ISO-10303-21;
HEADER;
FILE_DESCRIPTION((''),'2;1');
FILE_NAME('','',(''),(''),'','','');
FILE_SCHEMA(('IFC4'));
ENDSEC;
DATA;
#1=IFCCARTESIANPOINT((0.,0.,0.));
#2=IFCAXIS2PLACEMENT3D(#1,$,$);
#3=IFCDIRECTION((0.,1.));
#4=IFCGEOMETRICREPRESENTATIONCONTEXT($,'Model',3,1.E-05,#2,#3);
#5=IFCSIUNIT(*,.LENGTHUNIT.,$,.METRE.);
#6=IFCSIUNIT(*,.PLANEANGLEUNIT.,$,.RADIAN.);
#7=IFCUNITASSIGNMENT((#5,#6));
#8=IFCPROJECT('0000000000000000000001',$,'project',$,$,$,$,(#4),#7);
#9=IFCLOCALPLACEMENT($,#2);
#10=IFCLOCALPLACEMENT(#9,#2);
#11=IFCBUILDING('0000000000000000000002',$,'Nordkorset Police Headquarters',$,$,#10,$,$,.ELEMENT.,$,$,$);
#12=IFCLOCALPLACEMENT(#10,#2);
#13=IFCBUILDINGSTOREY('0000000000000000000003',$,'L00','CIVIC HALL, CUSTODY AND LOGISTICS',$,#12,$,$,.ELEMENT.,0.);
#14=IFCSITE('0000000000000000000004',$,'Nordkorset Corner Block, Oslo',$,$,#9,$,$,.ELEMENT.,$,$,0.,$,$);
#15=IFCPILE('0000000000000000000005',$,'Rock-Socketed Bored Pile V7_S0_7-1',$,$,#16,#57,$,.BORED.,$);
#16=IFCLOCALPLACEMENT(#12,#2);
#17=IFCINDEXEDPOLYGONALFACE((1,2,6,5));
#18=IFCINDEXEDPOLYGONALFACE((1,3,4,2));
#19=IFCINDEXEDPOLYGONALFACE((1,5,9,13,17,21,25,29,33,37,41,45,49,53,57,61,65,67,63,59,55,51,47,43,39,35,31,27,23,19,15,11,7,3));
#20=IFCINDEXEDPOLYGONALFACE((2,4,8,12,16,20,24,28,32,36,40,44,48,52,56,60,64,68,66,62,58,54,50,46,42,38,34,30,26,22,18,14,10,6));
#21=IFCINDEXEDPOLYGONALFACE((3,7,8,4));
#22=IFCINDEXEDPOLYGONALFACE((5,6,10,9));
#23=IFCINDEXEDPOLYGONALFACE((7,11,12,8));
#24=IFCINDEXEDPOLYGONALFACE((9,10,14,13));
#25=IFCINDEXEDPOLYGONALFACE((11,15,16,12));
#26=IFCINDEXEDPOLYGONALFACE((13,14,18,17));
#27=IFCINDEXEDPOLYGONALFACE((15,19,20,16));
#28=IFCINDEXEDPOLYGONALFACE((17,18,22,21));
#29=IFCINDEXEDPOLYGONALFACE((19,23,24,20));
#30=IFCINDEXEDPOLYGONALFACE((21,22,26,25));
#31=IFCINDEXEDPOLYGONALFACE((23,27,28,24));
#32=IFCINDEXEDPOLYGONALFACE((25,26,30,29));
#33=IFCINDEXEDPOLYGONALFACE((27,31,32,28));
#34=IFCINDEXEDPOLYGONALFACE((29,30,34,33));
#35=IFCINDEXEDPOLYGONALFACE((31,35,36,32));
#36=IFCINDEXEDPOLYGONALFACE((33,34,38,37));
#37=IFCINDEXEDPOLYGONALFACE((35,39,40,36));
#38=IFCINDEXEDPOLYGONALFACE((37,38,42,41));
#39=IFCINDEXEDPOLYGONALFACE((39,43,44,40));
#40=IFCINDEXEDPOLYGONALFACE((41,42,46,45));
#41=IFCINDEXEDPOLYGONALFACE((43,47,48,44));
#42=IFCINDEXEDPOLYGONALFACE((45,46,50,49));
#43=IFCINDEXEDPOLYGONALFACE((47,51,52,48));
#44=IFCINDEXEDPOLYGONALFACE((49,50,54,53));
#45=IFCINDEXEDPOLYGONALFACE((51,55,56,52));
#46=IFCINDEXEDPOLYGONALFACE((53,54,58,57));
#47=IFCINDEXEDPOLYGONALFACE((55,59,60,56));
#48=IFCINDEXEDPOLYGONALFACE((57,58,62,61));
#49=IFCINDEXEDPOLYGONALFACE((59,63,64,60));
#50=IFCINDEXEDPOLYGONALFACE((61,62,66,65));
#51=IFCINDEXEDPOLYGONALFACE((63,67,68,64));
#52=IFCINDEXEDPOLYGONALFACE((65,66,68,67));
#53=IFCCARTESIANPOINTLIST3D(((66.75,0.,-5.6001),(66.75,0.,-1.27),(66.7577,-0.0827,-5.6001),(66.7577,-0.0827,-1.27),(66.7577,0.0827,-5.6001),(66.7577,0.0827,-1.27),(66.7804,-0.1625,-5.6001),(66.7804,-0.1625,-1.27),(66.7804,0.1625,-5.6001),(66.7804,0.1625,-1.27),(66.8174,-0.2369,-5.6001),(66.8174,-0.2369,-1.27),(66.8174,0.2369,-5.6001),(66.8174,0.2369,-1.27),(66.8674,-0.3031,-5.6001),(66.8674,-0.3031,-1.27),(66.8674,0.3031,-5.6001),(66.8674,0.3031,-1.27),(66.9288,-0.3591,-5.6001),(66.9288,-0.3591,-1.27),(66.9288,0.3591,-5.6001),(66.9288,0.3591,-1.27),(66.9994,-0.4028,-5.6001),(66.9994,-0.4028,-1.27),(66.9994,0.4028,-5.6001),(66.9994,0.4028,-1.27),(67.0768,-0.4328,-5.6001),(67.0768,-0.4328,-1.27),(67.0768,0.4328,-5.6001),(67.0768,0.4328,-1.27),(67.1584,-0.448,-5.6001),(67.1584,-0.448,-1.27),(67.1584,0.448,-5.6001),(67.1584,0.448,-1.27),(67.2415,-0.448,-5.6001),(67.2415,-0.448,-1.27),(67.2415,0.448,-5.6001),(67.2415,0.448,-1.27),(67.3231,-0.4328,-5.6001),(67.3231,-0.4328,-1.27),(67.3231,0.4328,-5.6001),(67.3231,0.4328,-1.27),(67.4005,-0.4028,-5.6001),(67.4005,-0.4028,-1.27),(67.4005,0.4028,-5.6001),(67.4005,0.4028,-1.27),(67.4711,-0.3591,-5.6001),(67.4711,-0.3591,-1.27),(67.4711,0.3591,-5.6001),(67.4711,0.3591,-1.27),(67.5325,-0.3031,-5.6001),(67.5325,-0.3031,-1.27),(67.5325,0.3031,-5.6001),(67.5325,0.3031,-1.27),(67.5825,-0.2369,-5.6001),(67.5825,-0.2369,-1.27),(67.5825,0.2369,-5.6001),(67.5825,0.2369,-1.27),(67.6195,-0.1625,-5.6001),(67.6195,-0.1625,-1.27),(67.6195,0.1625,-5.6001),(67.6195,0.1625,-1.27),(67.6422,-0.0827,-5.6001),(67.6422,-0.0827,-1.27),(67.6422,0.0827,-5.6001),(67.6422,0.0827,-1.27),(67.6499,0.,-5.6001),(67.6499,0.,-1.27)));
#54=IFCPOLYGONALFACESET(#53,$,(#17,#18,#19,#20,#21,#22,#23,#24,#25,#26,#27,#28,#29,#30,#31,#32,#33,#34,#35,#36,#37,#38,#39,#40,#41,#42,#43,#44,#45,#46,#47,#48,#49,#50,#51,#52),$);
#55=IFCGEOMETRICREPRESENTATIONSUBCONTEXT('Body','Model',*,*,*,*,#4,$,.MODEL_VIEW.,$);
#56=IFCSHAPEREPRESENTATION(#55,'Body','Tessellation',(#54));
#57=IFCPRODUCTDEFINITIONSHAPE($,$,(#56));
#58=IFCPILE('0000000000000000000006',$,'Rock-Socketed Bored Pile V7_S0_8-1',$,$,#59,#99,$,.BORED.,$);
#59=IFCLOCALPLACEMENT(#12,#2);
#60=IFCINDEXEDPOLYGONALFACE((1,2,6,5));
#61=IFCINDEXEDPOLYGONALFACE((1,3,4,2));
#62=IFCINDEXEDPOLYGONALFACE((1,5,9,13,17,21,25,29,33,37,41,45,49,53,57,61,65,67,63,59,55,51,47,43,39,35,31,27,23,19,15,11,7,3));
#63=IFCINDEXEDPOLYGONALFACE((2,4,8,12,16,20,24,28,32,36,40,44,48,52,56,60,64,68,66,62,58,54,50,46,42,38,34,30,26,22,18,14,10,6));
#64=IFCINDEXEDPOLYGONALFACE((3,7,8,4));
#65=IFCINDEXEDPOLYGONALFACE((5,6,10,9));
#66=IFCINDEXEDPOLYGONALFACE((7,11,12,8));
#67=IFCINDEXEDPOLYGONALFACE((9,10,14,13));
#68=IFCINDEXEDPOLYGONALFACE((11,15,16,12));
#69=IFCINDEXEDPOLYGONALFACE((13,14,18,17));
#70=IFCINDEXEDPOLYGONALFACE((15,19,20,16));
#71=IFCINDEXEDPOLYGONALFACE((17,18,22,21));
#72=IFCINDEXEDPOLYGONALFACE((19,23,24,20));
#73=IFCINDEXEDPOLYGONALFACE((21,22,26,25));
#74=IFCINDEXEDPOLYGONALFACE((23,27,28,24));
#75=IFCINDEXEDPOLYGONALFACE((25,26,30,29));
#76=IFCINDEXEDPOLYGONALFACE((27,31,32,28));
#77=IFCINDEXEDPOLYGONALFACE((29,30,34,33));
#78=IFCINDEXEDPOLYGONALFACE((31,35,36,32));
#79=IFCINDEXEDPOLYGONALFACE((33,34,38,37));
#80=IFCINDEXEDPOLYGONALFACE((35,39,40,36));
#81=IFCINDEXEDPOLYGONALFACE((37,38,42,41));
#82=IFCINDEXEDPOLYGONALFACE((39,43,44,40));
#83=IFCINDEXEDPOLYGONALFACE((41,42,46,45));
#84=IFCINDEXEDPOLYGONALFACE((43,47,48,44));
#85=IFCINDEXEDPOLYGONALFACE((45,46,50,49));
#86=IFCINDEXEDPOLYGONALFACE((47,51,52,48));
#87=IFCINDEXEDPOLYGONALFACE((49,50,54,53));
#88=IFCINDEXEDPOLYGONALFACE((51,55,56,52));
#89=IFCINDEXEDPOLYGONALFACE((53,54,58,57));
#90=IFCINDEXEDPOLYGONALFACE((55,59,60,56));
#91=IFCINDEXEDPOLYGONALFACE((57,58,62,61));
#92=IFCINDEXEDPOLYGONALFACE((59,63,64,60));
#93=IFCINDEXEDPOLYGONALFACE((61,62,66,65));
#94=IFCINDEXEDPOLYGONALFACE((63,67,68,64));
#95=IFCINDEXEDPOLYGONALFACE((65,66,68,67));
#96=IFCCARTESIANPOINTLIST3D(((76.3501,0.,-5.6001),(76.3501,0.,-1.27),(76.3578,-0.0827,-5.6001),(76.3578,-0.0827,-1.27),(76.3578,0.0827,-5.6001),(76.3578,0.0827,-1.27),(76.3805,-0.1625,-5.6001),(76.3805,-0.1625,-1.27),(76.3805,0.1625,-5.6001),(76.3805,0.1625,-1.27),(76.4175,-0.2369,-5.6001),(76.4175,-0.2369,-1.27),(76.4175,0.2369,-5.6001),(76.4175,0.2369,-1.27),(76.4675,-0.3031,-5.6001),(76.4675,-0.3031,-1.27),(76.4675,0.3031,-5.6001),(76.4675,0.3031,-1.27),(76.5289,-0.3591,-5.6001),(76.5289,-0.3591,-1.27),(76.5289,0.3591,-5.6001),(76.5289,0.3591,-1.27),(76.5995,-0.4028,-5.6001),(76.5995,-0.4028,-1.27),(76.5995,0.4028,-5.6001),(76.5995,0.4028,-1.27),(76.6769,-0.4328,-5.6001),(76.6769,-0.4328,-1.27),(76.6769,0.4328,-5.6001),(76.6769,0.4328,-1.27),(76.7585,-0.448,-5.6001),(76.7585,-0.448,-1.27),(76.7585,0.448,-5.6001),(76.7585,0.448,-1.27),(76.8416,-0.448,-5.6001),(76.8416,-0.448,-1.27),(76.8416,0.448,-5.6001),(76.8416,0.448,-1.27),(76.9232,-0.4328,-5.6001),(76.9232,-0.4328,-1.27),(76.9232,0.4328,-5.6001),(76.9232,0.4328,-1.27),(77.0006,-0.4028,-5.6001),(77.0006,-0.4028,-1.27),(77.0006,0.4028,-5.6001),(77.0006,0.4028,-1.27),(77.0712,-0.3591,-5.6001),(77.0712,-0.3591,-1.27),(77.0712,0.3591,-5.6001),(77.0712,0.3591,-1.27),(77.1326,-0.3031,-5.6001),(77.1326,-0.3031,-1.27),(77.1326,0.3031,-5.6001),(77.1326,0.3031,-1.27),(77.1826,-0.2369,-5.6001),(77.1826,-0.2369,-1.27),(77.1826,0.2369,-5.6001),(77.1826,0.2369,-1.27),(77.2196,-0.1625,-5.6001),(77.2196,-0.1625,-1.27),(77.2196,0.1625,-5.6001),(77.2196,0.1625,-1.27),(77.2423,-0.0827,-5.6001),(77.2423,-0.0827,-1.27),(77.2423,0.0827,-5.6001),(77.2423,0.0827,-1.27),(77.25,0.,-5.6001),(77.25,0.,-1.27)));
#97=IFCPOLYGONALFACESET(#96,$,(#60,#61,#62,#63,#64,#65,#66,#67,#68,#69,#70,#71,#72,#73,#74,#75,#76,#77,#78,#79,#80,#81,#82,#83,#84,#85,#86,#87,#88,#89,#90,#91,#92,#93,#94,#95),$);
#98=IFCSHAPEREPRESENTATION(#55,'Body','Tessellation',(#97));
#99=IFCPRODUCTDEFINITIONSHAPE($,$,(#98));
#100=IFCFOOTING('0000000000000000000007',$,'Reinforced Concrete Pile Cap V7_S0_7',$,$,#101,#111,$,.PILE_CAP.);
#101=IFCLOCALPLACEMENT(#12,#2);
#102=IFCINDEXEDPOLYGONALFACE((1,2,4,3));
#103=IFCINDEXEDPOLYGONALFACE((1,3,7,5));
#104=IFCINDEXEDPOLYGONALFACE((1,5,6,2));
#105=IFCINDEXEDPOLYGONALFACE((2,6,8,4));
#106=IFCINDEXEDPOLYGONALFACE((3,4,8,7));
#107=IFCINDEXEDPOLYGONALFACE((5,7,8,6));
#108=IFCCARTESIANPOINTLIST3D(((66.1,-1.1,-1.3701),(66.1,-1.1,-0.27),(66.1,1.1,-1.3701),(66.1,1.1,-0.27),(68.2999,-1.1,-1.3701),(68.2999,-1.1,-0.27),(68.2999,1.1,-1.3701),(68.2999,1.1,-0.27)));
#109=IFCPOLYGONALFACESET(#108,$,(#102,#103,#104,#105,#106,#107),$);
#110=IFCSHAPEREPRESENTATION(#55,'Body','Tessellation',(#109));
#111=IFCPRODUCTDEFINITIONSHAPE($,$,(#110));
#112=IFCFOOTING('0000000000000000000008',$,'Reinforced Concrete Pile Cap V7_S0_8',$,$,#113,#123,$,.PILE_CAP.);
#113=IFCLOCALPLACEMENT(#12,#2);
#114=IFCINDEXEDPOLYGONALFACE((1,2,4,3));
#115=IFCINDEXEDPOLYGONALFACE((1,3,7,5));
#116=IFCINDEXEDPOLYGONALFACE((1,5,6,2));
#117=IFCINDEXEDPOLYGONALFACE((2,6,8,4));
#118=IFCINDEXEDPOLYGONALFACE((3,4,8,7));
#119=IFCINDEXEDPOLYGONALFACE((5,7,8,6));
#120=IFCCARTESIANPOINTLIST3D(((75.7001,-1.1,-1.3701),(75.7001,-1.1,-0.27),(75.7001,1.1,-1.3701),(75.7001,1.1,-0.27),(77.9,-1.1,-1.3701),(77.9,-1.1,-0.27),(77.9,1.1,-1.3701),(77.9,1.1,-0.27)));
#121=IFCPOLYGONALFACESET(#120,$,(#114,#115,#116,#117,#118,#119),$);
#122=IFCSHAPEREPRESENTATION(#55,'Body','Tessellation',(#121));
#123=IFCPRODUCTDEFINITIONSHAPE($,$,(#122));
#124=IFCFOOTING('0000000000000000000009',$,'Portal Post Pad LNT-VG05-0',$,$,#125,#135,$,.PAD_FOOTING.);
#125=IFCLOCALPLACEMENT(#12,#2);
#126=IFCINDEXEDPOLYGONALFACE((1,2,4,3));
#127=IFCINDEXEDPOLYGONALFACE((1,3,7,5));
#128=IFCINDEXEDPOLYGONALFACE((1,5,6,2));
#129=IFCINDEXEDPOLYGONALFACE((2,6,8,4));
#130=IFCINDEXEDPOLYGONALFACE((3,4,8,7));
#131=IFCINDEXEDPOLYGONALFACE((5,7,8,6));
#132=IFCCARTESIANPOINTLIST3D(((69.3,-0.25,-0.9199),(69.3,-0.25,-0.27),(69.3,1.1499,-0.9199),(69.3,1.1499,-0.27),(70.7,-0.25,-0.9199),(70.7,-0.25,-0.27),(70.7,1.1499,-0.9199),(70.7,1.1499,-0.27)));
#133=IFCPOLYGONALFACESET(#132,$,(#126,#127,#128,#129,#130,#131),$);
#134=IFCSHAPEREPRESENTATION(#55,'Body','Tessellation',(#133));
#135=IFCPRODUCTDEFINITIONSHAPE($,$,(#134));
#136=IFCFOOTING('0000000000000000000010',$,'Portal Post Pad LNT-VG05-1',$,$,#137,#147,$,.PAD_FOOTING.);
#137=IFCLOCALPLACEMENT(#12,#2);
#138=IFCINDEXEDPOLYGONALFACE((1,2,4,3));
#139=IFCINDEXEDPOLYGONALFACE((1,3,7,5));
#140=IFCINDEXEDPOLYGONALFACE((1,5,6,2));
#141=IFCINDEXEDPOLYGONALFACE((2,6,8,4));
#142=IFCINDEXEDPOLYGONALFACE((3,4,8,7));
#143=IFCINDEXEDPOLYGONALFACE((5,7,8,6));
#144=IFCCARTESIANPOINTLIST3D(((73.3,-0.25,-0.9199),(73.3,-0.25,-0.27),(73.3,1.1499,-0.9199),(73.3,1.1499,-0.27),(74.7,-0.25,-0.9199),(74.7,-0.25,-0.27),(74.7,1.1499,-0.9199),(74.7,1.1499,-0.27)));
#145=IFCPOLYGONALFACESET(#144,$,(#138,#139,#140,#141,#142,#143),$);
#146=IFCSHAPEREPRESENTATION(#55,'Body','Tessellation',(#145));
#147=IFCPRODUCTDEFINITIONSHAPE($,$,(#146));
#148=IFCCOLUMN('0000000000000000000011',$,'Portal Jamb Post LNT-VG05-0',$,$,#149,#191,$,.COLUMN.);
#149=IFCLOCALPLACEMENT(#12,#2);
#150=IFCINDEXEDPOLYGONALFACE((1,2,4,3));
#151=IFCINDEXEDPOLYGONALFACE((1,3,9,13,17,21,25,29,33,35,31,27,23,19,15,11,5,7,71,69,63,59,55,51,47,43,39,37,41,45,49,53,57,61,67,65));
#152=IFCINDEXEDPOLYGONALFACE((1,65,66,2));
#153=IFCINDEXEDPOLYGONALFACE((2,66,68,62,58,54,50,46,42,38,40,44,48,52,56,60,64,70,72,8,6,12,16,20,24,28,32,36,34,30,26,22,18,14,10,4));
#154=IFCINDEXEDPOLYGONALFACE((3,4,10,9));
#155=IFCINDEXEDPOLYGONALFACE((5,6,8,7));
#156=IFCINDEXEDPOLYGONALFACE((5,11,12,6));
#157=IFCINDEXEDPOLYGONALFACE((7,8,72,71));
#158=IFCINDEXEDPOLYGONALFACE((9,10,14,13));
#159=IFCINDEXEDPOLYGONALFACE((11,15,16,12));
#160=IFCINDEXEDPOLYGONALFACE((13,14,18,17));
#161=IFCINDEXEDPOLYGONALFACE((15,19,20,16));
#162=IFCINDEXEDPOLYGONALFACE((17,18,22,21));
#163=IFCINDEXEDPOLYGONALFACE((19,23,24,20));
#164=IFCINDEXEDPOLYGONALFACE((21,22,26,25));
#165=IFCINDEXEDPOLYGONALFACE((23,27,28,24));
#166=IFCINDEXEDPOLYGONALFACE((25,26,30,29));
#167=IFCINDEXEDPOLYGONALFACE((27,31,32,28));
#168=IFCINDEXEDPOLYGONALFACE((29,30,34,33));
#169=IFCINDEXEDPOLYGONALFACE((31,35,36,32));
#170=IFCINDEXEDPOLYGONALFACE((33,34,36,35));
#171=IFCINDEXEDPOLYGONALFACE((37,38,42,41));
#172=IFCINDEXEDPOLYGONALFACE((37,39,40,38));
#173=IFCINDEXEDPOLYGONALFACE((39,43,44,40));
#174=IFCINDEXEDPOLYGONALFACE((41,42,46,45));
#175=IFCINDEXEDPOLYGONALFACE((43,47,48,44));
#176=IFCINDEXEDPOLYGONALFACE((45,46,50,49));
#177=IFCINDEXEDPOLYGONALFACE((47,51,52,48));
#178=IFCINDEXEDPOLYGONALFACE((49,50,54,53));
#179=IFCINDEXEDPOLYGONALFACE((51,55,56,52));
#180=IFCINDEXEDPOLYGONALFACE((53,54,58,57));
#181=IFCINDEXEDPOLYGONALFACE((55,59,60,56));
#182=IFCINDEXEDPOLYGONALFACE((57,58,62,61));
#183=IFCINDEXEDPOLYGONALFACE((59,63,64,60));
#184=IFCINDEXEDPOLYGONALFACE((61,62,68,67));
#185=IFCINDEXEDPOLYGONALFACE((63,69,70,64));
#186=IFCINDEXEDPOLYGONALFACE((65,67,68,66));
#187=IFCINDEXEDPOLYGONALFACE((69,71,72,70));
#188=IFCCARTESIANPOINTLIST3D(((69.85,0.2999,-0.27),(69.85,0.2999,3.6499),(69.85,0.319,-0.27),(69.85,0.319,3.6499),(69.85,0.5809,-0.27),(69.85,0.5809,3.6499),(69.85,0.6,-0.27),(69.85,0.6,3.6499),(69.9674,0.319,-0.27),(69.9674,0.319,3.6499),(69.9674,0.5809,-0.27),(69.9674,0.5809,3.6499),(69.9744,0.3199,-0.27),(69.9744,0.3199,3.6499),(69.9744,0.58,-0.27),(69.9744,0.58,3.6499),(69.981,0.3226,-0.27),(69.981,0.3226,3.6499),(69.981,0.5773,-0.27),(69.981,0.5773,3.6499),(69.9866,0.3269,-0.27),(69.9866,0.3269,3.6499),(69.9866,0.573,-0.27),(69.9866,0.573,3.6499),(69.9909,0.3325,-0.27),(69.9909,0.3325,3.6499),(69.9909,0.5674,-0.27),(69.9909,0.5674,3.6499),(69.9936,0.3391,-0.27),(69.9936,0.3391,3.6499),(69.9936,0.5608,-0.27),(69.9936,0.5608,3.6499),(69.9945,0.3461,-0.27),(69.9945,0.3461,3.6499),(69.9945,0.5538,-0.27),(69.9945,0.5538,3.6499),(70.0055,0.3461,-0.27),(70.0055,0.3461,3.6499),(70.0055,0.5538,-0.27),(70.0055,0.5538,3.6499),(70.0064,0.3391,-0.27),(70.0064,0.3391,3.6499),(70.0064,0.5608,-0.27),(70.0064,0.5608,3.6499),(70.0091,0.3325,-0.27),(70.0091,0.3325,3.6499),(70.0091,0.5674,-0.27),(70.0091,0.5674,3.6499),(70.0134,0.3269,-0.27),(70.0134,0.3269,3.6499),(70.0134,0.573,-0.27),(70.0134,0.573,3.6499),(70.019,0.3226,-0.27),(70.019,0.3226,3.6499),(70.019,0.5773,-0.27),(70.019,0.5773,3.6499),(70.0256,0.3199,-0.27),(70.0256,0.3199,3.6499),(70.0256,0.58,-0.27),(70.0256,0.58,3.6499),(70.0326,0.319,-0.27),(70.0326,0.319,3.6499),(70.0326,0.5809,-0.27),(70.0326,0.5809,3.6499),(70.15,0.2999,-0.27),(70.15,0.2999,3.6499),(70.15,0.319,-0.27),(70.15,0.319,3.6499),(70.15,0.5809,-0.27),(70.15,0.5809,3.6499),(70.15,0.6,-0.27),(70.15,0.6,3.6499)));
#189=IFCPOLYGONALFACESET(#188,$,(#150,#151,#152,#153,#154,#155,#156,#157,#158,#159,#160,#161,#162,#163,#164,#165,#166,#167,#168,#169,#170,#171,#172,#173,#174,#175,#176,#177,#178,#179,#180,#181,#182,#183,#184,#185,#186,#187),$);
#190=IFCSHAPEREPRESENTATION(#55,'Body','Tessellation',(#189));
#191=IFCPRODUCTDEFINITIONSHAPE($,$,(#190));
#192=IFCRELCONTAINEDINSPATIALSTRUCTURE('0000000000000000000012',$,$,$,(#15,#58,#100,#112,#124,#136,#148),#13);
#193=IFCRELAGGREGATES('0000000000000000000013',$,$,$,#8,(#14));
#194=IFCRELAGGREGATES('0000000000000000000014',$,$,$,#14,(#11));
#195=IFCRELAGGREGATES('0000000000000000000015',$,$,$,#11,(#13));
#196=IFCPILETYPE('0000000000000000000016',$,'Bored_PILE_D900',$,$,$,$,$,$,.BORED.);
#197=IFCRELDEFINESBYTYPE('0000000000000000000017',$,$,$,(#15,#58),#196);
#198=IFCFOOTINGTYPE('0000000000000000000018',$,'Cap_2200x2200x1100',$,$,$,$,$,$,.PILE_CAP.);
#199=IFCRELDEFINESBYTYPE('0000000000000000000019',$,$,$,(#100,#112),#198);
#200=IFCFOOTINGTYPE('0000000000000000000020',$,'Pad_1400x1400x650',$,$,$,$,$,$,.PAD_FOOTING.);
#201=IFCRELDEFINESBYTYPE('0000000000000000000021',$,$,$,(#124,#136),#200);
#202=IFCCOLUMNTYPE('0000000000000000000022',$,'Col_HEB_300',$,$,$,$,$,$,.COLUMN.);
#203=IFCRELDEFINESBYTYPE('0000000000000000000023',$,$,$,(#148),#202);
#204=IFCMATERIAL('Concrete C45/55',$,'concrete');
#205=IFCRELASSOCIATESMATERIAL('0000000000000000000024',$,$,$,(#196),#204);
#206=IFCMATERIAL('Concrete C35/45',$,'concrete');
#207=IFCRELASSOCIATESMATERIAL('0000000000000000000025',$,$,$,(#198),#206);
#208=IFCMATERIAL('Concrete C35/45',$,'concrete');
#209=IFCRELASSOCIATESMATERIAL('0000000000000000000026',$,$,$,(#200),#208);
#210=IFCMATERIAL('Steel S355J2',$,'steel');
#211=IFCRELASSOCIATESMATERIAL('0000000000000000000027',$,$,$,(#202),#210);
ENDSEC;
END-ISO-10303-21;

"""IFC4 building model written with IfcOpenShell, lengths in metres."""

from ifc_helpers import new_model, si_unit, direction, frame, origin, origin_2d, place, context, subcontext, project, spatial, rectangle, circle, i_section, extrude, material, material_profile, profile_set, type_object, element, save


model = new_model("IFC4")

# Units and contexts
model_context = context("Model", 3, precision=1e-05, world=origin(), true_north=direction((0.0, 1.0)))
body_context = subcontext(model_context, "Body", "Model", "MODEL_VIEW")
ifc_project = project(units=[si_unit("LENGTHUNIT", "METRE"), si_unit("PLANEANGLEUNIT", "RADIAN")], contexts=[model_context])

# Site, building, storey
site_placement = place(None, origin())
site = spatial("IfcSite", under=ifc_project, at=site_placement, Name="Nordkorset Corner Block, Oslo", CompositionType="ELEMENT", RefElevation=0.0)
building_placement = place(site_placement, origin())
building = spatial("IfcBuilding", under=site, at=building_placement, Name="Nordkorset Police Headquarters", CompositionType="ELEMENT")
storey_placement = place(building_placement, origin())
storey = spatial("IfcBuildingStorey", under=building, at=storey_placement, Name="L00", Description="CIVIC HALL, CUSTODY AND LOGISTICS", CompositionType="ELEMENT", Elevation=0.0)

# Piles
ifc_material_1 = material(Name="Concrete C45/55", Category="concrete")
ifc_material_profile_1 = material_profile(ifc_material_1, circle(Radius=0.45, at=origin_2d()), Name="PILE D900")
ifc_profile_set_1 = profile_set([ifc_material_profile_1], Name="Concrete C45/55")
pile_type = type_object("IfcPileType", Name="Bored_PILE_D900", PredefinedType="BORED", material=ifc_profile_set_1)
for number, where, z_axis, x_axis, name in (
    (1, (67.2, 0.0, -1.27), (0.0, 0.0, -1.0), (1.0, 0.0, 0.0), "Rock-Socketed Bored Pile V7_S0_7-1"),
    (2, (76.8, 0.0, -1.27), (0.0, 0.0, -1.0), (1.0, 0.0, 0.0), "Rock-Socketed Bored Pile V7_S0_8-1"),
):
    element("IfcPile", number, at=place(storey_placement, frame(where, z_axis=z_axis, x_axis=x_axis)), inside=storey, type_object=pile_type, Name=name, PredefinedType="BORED", context=body_context, shape_type="SweptSolid", body=[
        extrude(circle(Radius=0.45, at=origin_2d()), origin(), (0.0, 0.0, 1.0), 4.3301),
    ])

# Footings
ifc_material_2 = material(Name="Concrete C35/45", Category="concrete")
footing_type_1 = type_object("IfcFootingType", Name="Cap_2200x2200x1100", PredefinedType="PILE_CAP", material=ifc_material_2)
for number, where, z_axis, x_axis, name in (
    (3, (67.2, 0.0, -1.3701), (0.0, 0.0, 1.0), (1.0, 0.0, 0.0), "Reinforced Concrete Pile Cap V7_S0_7"),
    (4, (76.8, 0.0, -1.3701), (0.0, 0.0, 1.0), (1.0, 0.0, 0.0), "Reinforced Concrete Pile Cap V7_S0_8"),
):
    element("IfcFooting", number, at=place(storey_placement, frame(where, z_axis=z_axis, x_axis=x_axis)), inside=storey, type_object=footing_type_1, Name=name, PredefinedType="PILE_CAP", context=body_context, shape_type="SweptSolid", body=[
        extrude(rectangle(XDim=2.2, YDim=2.2, at=origin_2d()), origin(), (0.0, 0.0, 1.0), 1.1001),
    ])
ifc_material_3 = material(Name="Concrete C35/45", Category="concrete")
footing_type_2 = type_object("IfcFootingType", Name="Pad_1400x1400x650", PredefinedType="PAD_FOOTING", material=ifc_material_3)
for number, where, z_axis, x_axis, name in (
    (5, (70.0, 0.45, -0.9199), (0.0, 0.0, 1.0), (1.0, 0.0, 0.0), "Portal Post Pad LNT-VG05-0"),
    (6, (74.0, 0.45, -0.9199), (0.0, 0.0, 1.0), (1.0, 0.0, 0.0), "Portal Post Pad LNT-VG05-1"),
):
    element("IfcFooting", number, at=place(storey_placement, frame(where, z_axis=z_axis, x_axis=x_axis)), inside=storey, type_object=footing_type_2, Name=name, PredefinedType="PAD_FOOTING", context=body_context, shape_type="SweptSolid", body=[
        extrude(rectangle(XDim=1.3999, YDim=1.3999, at=origin_2d()), origin(), (0.0, 0.0, 1.0), 0.6499),
    ])

# Column
ifc_material_4 = material(Name="Steel S355J2", Category="steel")
ifc_material_profile_2 = material_profile(ifc_material_4, i_section(OverallWidth=0.3, OverallDepth=0.3, WebThickness=0.011, FlangeThickness=0.019, FilletRadius=0.0271, at=origin_2d()), Name="HEB 300")
ifc_profile_set_2 = profile_set([ifc_material_profile_2], Name="Steel S355J2")
column_type_1 = type_object("IfcColumnType", Name="Col_HEB_300", PredefinedType="COLUMN", material=ifc_profile_set_2)
for number, where, z_axis, x_axis, name in (
    (7, (70.0, 0.45, -0.27), (0.0, 0.0, 1.0), (1.0, 0.0, 0.0), "Portal Jamb Post LNT-VG05-0"),
):
    element("IfcColumn", number, at=place(storey_placement, frame(where, z_axis=z_axis, x_axis=x_axis)), inside=storey, type_object=column_type_1, Name=name, PredefinedType="COLUMN", context=body_context, shape_type="SweptSolid", body=[
        extrude(i_section(OverallWidth=0.3, OverallDepth=0.3, WebThickness=0.011, FlangeThickness=0.019, FilletRadius=0.0271, at=origin_2d()), origin(), (0.0, 0.0, 1.0), 3.9199),
    ])

save(model, "model.ifc")
